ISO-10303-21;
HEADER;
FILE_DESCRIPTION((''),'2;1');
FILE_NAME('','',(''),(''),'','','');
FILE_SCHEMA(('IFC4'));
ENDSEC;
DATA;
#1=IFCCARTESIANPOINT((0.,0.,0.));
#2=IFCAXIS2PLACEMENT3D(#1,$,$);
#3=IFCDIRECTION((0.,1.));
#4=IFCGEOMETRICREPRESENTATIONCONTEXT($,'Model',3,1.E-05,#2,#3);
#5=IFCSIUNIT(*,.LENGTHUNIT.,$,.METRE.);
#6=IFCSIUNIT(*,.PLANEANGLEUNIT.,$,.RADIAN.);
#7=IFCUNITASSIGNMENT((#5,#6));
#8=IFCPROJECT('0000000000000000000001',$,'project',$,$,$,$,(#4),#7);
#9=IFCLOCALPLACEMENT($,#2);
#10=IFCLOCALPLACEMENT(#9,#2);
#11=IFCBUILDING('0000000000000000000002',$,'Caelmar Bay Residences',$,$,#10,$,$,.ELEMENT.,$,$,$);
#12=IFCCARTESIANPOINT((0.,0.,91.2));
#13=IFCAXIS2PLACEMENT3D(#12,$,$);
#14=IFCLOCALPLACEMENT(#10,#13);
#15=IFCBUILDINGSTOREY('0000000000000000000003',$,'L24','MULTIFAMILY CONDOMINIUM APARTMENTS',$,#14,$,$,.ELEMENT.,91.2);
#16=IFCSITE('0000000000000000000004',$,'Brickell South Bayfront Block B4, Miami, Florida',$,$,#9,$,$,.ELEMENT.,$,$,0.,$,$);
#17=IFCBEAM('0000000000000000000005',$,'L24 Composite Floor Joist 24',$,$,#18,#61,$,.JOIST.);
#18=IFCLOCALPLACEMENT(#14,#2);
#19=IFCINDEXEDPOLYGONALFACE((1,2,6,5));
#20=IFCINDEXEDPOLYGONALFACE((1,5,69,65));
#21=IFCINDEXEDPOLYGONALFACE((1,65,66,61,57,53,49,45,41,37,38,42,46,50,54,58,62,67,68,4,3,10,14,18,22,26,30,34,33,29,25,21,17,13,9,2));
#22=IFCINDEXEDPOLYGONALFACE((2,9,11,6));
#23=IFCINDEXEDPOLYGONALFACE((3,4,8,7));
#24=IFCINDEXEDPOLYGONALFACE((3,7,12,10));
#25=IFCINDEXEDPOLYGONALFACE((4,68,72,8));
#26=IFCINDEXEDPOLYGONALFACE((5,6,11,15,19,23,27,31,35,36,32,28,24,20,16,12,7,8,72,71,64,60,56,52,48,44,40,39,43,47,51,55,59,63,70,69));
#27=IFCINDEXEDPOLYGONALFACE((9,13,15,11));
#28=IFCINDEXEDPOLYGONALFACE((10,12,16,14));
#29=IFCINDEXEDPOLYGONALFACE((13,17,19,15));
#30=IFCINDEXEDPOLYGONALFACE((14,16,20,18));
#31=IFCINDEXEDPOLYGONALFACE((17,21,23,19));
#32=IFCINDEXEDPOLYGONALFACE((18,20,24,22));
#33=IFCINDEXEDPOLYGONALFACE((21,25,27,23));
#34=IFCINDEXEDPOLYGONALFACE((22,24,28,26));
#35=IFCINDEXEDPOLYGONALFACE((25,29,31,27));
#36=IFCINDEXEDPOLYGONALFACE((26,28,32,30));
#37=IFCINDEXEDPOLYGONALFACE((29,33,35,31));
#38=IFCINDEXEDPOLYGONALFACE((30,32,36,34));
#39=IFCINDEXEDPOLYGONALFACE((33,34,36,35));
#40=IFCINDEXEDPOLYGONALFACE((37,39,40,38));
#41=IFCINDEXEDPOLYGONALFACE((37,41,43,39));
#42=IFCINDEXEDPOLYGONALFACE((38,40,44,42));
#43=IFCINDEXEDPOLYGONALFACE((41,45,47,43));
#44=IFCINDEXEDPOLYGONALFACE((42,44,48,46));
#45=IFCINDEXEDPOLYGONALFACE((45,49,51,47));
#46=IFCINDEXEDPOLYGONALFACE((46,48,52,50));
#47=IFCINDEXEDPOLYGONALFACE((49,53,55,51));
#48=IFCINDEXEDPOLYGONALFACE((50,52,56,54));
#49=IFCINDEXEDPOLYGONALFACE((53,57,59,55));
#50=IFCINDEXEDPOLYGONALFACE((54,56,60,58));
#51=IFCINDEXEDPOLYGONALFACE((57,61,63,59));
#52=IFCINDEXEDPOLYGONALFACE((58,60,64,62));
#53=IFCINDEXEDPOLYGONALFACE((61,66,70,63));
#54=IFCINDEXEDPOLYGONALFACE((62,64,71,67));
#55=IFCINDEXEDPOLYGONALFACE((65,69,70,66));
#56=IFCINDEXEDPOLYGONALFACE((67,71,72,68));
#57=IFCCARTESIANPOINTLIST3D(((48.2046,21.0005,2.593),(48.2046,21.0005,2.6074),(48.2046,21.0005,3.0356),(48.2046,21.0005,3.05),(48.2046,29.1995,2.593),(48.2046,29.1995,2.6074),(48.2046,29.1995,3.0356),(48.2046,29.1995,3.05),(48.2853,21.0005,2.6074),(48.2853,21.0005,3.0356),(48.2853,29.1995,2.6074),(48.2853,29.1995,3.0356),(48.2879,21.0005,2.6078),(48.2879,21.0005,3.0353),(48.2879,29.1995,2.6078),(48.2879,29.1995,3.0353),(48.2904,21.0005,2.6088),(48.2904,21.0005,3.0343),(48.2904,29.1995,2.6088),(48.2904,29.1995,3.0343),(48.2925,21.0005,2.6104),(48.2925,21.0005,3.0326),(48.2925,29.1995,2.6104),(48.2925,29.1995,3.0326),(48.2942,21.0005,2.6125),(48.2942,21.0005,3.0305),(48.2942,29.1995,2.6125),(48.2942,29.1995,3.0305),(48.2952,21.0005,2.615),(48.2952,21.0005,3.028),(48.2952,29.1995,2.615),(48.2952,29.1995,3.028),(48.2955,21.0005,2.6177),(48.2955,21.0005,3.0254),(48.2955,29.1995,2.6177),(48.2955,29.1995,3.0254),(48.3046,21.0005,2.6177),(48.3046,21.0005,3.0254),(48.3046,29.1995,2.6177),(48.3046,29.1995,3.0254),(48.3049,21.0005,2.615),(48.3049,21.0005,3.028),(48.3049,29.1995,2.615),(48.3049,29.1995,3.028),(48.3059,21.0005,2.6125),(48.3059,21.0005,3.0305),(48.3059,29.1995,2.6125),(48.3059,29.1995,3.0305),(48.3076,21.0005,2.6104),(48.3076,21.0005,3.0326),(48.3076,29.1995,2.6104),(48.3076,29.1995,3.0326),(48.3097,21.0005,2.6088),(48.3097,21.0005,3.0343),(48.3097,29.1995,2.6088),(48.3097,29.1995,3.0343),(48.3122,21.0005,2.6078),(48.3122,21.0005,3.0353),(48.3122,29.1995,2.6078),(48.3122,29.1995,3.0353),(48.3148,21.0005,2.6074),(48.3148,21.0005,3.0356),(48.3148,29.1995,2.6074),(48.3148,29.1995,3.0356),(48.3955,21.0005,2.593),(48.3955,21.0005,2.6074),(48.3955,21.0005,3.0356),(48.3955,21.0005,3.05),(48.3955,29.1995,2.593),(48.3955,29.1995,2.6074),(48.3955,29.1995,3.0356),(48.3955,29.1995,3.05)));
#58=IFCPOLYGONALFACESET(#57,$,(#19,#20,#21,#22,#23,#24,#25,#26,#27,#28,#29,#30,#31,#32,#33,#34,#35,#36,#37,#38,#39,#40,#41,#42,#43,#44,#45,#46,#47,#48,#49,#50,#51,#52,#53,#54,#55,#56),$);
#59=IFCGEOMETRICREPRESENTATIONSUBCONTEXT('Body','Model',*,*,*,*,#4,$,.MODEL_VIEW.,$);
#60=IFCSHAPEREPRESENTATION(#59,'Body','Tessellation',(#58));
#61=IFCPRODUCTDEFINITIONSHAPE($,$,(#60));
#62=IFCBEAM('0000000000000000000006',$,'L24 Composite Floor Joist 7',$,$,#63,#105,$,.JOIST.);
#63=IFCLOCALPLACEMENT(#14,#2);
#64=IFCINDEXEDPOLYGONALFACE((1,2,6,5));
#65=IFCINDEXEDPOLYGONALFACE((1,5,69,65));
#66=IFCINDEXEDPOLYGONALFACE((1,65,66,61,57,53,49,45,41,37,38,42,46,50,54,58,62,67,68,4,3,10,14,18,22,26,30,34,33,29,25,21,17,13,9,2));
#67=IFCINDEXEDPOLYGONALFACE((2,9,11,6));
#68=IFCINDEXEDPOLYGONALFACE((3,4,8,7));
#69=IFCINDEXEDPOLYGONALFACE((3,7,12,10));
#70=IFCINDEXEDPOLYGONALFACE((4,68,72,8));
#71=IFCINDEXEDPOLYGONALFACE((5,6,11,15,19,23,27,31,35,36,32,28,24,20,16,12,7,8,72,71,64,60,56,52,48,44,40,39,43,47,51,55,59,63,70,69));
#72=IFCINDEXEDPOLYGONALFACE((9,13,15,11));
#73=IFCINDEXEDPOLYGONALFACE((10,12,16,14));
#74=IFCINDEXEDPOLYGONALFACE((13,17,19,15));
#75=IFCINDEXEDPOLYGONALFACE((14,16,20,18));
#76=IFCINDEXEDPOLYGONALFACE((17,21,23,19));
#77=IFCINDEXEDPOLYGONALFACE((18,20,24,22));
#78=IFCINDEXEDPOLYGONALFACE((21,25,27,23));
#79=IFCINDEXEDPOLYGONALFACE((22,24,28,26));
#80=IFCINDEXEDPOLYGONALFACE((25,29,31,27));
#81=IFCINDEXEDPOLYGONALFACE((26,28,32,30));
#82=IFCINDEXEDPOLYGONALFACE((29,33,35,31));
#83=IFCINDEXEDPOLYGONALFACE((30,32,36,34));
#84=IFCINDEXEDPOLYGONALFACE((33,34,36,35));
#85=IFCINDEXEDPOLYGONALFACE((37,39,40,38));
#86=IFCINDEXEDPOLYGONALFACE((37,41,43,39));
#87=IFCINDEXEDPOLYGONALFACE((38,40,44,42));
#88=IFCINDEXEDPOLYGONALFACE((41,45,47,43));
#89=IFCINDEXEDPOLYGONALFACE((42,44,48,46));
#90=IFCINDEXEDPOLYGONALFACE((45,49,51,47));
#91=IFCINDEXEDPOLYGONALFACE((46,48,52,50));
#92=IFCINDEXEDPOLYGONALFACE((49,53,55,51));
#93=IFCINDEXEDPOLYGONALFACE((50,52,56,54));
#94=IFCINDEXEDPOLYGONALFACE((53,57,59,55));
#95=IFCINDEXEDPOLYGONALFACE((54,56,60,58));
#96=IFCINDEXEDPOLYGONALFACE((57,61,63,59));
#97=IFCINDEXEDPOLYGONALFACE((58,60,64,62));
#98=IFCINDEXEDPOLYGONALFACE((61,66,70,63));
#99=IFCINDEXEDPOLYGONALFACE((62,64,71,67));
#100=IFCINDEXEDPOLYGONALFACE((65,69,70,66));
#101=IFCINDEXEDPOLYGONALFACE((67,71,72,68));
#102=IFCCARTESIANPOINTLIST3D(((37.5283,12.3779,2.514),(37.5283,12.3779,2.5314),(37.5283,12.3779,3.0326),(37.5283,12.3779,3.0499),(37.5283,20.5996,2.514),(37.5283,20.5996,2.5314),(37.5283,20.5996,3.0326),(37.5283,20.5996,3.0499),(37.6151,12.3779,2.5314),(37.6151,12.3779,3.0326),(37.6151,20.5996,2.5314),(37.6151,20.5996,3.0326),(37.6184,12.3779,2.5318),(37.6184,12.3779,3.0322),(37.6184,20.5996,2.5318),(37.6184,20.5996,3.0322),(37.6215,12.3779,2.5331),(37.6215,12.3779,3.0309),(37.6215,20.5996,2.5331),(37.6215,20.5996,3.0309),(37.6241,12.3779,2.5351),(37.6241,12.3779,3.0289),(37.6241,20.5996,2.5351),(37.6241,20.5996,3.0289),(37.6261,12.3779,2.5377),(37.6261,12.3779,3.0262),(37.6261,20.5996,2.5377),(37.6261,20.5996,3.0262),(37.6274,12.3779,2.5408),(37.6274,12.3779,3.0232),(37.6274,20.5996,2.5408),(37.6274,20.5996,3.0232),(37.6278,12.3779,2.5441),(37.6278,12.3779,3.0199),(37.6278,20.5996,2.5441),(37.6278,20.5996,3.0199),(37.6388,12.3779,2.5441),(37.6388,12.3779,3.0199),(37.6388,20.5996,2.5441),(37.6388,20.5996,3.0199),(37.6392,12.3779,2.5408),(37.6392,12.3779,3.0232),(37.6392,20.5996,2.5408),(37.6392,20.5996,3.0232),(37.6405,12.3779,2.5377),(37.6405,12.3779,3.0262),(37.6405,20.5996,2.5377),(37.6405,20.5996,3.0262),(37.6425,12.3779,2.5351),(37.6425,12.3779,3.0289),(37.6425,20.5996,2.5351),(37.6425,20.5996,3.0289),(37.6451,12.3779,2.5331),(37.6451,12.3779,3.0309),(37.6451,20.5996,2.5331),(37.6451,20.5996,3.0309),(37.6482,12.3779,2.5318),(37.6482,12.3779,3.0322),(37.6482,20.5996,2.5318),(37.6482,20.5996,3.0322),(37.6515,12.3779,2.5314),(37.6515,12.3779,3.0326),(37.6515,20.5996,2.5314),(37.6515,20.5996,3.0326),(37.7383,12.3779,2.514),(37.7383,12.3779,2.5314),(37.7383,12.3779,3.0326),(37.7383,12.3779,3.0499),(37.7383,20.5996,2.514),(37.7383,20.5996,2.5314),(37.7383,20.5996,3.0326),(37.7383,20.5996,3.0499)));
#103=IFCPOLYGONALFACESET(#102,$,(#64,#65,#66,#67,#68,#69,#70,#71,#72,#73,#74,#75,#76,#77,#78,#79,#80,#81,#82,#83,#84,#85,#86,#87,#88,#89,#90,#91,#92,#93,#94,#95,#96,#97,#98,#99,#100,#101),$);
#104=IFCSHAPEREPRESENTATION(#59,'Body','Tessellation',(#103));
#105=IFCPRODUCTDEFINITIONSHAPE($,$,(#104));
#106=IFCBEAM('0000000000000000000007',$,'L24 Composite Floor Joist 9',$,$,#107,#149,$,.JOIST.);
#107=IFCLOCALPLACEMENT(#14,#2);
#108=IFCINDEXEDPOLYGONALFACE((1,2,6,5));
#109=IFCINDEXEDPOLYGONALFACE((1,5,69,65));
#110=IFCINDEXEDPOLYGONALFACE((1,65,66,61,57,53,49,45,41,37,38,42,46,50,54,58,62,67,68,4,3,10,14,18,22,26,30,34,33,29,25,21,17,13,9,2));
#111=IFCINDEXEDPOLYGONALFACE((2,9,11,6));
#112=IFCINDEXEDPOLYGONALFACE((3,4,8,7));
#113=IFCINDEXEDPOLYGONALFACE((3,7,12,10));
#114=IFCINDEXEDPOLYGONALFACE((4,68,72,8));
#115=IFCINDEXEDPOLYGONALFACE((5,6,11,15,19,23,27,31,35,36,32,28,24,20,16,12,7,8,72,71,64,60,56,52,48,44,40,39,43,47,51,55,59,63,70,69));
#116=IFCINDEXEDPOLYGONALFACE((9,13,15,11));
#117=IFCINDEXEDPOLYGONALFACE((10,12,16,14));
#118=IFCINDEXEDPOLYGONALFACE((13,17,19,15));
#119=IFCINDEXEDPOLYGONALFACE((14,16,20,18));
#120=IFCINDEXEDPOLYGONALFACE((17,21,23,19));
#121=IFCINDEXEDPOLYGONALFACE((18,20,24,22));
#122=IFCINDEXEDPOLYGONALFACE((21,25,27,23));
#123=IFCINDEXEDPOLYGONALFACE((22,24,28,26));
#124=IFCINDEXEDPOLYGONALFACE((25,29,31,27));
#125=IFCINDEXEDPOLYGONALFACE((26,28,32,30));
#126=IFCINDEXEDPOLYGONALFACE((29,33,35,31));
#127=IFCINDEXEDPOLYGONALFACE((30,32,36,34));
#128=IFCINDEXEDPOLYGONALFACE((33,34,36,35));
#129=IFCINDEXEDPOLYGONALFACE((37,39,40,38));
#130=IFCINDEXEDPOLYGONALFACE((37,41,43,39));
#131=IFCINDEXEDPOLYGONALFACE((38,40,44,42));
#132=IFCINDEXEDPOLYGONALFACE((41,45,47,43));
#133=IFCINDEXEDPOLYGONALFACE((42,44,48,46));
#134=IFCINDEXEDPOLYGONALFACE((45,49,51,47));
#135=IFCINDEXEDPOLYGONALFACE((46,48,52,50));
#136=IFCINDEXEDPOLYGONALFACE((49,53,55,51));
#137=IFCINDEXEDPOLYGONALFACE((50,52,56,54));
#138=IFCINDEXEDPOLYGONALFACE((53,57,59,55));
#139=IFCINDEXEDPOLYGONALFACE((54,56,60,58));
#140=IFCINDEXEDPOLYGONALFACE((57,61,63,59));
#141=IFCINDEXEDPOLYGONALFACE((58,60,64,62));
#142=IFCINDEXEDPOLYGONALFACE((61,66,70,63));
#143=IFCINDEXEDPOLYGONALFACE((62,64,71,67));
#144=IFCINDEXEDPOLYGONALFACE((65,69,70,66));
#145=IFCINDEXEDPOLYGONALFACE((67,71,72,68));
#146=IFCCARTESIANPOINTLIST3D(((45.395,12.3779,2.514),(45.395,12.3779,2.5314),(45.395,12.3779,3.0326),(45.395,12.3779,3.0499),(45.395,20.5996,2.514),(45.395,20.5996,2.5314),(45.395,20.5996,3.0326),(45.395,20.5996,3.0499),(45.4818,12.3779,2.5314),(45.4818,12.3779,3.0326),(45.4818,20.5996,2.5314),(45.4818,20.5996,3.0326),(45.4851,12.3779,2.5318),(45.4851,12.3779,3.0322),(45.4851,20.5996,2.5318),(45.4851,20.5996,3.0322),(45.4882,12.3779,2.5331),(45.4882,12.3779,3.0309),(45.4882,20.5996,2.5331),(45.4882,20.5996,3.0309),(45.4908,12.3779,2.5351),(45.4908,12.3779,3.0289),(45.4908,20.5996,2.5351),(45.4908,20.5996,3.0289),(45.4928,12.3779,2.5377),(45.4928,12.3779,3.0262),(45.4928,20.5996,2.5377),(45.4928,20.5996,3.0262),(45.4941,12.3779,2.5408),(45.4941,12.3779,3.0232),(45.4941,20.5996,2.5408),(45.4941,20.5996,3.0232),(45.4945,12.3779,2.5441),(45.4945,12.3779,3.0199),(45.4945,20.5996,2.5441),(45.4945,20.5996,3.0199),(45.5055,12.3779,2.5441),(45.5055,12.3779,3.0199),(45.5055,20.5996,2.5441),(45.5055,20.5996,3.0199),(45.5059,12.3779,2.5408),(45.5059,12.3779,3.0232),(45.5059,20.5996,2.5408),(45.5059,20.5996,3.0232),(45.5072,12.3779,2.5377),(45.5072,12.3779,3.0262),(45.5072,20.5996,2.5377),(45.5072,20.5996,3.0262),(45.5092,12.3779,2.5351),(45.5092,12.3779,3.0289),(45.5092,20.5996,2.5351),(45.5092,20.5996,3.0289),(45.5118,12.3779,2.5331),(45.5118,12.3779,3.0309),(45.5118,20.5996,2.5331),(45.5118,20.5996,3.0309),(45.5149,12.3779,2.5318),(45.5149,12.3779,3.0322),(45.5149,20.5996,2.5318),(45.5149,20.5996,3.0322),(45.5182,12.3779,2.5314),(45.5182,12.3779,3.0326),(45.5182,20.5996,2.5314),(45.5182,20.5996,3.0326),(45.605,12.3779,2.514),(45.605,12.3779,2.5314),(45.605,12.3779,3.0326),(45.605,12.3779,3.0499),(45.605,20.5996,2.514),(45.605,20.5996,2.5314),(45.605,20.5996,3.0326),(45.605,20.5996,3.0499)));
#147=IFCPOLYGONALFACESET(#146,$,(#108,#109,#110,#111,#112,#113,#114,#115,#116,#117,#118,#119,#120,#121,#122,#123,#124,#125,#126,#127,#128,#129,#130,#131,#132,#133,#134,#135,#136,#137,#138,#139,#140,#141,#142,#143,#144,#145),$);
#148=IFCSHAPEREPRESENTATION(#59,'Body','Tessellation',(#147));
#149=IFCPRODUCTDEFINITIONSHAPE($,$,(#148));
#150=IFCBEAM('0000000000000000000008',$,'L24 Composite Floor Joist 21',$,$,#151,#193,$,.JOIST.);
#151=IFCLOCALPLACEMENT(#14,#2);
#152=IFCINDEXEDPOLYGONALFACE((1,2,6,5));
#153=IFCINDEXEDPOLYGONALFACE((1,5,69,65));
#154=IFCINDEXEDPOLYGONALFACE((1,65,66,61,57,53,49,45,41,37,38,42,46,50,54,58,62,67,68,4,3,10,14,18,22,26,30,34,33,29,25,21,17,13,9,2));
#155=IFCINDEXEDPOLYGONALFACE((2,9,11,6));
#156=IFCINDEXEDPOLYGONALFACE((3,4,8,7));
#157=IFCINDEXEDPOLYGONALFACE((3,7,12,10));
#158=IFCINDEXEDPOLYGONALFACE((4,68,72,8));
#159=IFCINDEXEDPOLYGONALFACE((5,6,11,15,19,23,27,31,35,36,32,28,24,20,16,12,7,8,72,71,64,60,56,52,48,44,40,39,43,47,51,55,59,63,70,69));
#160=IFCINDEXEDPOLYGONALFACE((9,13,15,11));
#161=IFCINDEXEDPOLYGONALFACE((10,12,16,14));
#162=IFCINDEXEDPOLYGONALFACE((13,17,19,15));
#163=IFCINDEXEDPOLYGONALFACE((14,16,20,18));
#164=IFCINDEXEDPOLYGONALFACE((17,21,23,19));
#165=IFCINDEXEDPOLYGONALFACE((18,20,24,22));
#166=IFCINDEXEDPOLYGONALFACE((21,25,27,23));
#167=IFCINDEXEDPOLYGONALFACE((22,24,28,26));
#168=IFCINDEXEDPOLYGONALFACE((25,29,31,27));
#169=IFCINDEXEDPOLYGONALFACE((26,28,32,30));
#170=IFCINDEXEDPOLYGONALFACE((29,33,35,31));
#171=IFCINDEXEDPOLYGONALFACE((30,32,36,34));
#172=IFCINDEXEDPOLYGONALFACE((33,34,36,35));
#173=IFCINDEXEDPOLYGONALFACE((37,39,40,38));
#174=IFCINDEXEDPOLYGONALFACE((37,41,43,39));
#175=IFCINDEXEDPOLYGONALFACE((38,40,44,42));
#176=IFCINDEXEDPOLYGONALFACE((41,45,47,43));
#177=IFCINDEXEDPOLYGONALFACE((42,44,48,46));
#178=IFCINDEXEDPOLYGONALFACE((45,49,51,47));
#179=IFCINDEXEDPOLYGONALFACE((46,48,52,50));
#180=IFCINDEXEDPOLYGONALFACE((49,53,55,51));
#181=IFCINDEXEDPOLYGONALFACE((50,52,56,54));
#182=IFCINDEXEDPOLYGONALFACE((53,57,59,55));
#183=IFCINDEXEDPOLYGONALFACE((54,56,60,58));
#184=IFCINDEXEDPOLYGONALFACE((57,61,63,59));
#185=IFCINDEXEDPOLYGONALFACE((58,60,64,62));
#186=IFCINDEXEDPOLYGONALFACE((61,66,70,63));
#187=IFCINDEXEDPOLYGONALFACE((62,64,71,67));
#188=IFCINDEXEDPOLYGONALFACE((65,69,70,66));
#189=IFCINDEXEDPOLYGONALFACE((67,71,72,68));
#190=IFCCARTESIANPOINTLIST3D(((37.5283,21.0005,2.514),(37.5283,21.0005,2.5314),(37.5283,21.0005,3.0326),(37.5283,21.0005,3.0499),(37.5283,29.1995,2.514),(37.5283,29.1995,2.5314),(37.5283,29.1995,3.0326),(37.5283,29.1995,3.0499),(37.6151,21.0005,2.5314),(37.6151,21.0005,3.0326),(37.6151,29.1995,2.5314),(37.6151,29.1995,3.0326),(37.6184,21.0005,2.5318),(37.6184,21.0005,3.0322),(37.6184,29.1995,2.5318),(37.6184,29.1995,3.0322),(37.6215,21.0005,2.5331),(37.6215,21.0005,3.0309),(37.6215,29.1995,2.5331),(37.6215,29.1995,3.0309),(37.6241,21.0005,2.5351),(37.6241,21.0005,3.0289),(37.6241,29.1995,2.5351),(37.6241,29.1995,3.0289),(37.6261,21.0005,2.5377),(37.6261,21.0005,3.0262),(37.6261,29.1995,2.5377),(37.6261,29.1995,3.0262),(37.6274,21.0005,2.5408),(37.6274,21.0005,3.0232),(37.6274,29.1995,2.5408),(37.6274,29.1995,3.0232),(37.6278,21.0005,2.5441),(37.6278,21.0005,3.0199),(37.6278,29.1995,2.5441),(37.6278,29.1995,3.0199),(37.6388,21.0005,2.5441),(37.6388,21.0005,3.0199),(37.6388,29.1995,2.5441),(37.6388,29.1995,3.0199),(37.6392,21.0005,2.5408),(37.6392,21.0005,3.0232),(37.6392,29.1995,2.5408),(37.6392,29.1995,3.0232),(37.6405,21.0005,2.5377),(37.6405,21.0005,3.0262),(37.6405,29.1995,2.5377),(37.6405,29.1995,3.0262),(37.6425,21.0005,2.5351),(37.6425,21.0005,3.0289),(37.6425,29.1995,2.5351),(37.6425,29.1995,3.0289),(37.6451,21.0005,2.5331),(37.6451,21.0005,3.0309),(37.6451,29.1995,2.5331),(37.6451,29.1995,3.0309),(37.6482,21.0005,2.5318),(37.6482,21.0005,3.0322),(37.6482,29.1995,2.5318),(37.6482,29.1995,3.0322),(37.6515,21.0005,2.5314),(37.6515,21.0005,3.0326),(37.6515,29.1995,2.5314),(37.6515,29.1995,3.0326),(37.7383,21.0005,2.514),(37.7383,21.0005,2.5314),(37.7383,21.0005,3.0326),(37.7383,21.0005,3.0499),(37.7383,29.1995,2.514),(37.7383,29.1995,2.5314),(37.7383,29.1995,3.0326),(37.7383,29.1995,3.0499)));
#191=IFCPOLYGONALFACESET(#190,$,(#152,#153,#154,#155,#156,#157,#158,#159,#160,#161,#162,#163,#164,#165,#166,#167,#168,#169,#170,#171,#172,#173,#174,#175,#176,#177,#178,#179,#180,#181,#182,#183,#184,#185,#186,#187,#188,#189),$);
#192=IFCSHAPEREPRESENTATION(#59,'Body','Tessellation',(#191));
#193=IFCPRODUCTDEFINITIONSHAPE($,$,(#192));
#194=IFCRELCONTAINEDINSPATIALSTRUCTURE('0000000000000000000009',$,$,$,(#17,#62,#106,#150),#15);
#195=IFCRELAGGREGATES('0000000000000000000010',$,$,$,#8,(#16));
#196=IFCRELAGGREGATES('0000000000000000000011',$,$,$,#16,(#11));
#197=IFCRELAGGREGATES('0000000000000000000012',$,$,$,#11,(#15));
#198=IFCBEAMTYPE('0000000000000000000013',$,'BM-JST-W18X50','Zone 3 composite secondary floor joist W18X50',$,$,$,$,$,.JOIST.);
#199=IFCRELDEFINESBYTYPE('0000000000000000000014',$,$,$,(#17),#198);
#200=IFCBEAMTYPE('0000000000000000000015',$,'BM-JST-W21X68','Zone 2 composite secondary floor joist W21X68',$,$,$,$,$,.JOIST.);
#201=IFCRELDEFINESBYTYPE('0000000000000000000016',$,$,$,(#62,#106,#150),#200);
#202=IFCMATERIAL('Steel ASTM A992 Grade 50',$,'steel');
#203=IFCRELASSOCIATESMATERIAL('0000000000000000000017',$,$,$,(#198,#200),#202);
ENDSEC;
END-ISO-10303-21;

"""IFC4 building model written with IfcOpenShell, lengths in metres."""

from ifc_helpers import new_model, si_unit, direction, frame, origin, origin_2d, place, context, subcontext, project, spatial, i_section, extrude, material, material_profile, profile_set, type_object, element, save


model = new_model("IFC4")

# Units and contexts
model_context = context("Model", 3, precision=1e-05, world=origin(), true_north=direction((0.0, 1.0)))
body_context = subcontext(model_context, "Body", "Model", "MODEL_VIEW")
ifc_project = project(units=[si_unit("LENGTHUNIT", "METRE"), si_unit("PLANEANGLEUNIT", "RADIAN")], contexts=[model_context])

# Site, building, storey
site_placement = place(None, origin())
site = spatial("IfcSite", under=ifc_project, at=site_placement, Name="Brickell South Bayfront Block B4, Miami, Florida", CompositionType="ELEMENT", RefElevation=0.0)
building_placement = place(site_placement, origin())
building = spatial("IfcBuilding", under=site, at=building_placement, Name="Caelmar Bay Residences", CompositionType="ELEMENT")
storey_placement = place(building_placement, frame((0.0, 0.0, 91.2)))
storey = spatial("IfcBuildingStorey", under=building, at=storey_placement, Name="L24", Description="MULTIFAMILY CONDOMINIUM APARTMENTS", CompositionType="ELEMENT", Elevation=91.2)

# Beams
ifc_material_1 = material(Name="Steel ASTM A992 Grade 50", Category="steel")
ifc_material_profile_1 = material_profile(ifc_material_1, i_section(OverallWidth=0.1909, OverallDepth=0.457, WebThickness=0.009, FlangeThickness=0.0144, FilletRadius=0.0103, at=origin_2d()), Name="W18X50")
ifc_profile_set_1 = profile_set([ifc_material_profile_1], Name="Steel ASTM A992 Grade 50")
beam_type_1 = type_object("IfcBeamType", Name="BM-JST-W18X50", Description="Zone 3 composite secondary floor joist W18X50", PredefinedType="JOIST", material=ifc_profile_set_1)
for number, where, z_axis, x_axis, name in (
    (1, (48.3, 21.0005, 2.8215), (0.0, 1.0, 0.0), (-1.0, 0.0, 0.0), "L24 Composite Floor Joist 24"),
):
    element("IfcBeam", number, at=place(storey_placement, frame(where, z_axis=z_axis, x_axis=x_axis)), inside=storey, type_object=beam_type_1, Name=name, PredefinedType="JOIST", context=body_context, shape_type="SweptSolid", body=[
        extrude(i_section(OverallWidth=0.1909, OverallDepth=0.457, WebThickness=0.009, FlangeThickness=0.0144, FilletRadius=0.0103, at=origin_2d()), origin(), (0.0, 0.0, 1.0), 8.199),
    ])
ifc_material_profile_2 = material_profile(ifc_material_1, i_section(OverallWidth=0.21, OverallDepth=0.5359, WebThickness=0.011, FlangeThickness=0.0173, FilletRadius=0.0127, at=origin_2d()), Name="W21X68")
ifc_profile_set_2 = profile_set([ifc_material_profile_2], Name="Steel ASTM A992 Grade 50")
beam_type_2 = type_object("IfcBeamType", Name="BM-JST-W21X68", Description="Zone 2 composite secondary floor joist W21X68", PredefinedType="JOIST", material=ifc_profile_set_2)
for number, where, z_axis, x_axis, name in (
    (2, (37.6333, 12.3779, 2.782), (0.0, 1.0, 0.0), (-1.0, 0.0, 0.0), "L24 Composite Floor Joist 7"),
    (3, (45.5, 12.3779, 2.782), (0.0, 1.0, 0.0), (-1.0, 0.0, 0.0), "L24 Composite Floor Joist 9"),
):
    element("IfcBeam", number, at=place(storey_placement, frame(where, z_axis=z_axis, x_axis=x_axis)), inside=storey, type_object=beam_type_2, Name=name, PredefinedType="JOIST", context=body_context, shape_type="SweptSolid", body=[
        extrude(i_section(OverallWidth=0.21, OverallDepth=0.5359, WebThickness=0.011, FlangeThickness=0.0173, FilletRadius=0.0127, at=origin_2d()), origin(), (0.0, 0.0, 1.0), 8.2217),
    ])
for number, where, z_axis, x_axis, name in (
    (4, (37.6333, 21.0005, 2.782), (0.0, 1.0, 0.0), (-1.0, 0.0, 0.0), "L24 Composite Floor Joist 21"),
):
    element("IfcBeam", number, at=place(storey_placement, frame(where, z_axis=z_axis, x_axis=x_axis)), inside=storey, type_object=beam_type_2, Name=name, PredefinedType="JOIST", context=body_context, shape_type="SweptSolid", body=[
        extrude(i_section(OverallWidth=0.21, OverallDepth=0.5359, WebThickness=0.011, FlangeThickness=0.0173, FilletRadius=0.0127, at=origin_2d()), origin(), (0.0, 0.0, 1.0), 8.199),
    ])

save(model, "model.ifc")
